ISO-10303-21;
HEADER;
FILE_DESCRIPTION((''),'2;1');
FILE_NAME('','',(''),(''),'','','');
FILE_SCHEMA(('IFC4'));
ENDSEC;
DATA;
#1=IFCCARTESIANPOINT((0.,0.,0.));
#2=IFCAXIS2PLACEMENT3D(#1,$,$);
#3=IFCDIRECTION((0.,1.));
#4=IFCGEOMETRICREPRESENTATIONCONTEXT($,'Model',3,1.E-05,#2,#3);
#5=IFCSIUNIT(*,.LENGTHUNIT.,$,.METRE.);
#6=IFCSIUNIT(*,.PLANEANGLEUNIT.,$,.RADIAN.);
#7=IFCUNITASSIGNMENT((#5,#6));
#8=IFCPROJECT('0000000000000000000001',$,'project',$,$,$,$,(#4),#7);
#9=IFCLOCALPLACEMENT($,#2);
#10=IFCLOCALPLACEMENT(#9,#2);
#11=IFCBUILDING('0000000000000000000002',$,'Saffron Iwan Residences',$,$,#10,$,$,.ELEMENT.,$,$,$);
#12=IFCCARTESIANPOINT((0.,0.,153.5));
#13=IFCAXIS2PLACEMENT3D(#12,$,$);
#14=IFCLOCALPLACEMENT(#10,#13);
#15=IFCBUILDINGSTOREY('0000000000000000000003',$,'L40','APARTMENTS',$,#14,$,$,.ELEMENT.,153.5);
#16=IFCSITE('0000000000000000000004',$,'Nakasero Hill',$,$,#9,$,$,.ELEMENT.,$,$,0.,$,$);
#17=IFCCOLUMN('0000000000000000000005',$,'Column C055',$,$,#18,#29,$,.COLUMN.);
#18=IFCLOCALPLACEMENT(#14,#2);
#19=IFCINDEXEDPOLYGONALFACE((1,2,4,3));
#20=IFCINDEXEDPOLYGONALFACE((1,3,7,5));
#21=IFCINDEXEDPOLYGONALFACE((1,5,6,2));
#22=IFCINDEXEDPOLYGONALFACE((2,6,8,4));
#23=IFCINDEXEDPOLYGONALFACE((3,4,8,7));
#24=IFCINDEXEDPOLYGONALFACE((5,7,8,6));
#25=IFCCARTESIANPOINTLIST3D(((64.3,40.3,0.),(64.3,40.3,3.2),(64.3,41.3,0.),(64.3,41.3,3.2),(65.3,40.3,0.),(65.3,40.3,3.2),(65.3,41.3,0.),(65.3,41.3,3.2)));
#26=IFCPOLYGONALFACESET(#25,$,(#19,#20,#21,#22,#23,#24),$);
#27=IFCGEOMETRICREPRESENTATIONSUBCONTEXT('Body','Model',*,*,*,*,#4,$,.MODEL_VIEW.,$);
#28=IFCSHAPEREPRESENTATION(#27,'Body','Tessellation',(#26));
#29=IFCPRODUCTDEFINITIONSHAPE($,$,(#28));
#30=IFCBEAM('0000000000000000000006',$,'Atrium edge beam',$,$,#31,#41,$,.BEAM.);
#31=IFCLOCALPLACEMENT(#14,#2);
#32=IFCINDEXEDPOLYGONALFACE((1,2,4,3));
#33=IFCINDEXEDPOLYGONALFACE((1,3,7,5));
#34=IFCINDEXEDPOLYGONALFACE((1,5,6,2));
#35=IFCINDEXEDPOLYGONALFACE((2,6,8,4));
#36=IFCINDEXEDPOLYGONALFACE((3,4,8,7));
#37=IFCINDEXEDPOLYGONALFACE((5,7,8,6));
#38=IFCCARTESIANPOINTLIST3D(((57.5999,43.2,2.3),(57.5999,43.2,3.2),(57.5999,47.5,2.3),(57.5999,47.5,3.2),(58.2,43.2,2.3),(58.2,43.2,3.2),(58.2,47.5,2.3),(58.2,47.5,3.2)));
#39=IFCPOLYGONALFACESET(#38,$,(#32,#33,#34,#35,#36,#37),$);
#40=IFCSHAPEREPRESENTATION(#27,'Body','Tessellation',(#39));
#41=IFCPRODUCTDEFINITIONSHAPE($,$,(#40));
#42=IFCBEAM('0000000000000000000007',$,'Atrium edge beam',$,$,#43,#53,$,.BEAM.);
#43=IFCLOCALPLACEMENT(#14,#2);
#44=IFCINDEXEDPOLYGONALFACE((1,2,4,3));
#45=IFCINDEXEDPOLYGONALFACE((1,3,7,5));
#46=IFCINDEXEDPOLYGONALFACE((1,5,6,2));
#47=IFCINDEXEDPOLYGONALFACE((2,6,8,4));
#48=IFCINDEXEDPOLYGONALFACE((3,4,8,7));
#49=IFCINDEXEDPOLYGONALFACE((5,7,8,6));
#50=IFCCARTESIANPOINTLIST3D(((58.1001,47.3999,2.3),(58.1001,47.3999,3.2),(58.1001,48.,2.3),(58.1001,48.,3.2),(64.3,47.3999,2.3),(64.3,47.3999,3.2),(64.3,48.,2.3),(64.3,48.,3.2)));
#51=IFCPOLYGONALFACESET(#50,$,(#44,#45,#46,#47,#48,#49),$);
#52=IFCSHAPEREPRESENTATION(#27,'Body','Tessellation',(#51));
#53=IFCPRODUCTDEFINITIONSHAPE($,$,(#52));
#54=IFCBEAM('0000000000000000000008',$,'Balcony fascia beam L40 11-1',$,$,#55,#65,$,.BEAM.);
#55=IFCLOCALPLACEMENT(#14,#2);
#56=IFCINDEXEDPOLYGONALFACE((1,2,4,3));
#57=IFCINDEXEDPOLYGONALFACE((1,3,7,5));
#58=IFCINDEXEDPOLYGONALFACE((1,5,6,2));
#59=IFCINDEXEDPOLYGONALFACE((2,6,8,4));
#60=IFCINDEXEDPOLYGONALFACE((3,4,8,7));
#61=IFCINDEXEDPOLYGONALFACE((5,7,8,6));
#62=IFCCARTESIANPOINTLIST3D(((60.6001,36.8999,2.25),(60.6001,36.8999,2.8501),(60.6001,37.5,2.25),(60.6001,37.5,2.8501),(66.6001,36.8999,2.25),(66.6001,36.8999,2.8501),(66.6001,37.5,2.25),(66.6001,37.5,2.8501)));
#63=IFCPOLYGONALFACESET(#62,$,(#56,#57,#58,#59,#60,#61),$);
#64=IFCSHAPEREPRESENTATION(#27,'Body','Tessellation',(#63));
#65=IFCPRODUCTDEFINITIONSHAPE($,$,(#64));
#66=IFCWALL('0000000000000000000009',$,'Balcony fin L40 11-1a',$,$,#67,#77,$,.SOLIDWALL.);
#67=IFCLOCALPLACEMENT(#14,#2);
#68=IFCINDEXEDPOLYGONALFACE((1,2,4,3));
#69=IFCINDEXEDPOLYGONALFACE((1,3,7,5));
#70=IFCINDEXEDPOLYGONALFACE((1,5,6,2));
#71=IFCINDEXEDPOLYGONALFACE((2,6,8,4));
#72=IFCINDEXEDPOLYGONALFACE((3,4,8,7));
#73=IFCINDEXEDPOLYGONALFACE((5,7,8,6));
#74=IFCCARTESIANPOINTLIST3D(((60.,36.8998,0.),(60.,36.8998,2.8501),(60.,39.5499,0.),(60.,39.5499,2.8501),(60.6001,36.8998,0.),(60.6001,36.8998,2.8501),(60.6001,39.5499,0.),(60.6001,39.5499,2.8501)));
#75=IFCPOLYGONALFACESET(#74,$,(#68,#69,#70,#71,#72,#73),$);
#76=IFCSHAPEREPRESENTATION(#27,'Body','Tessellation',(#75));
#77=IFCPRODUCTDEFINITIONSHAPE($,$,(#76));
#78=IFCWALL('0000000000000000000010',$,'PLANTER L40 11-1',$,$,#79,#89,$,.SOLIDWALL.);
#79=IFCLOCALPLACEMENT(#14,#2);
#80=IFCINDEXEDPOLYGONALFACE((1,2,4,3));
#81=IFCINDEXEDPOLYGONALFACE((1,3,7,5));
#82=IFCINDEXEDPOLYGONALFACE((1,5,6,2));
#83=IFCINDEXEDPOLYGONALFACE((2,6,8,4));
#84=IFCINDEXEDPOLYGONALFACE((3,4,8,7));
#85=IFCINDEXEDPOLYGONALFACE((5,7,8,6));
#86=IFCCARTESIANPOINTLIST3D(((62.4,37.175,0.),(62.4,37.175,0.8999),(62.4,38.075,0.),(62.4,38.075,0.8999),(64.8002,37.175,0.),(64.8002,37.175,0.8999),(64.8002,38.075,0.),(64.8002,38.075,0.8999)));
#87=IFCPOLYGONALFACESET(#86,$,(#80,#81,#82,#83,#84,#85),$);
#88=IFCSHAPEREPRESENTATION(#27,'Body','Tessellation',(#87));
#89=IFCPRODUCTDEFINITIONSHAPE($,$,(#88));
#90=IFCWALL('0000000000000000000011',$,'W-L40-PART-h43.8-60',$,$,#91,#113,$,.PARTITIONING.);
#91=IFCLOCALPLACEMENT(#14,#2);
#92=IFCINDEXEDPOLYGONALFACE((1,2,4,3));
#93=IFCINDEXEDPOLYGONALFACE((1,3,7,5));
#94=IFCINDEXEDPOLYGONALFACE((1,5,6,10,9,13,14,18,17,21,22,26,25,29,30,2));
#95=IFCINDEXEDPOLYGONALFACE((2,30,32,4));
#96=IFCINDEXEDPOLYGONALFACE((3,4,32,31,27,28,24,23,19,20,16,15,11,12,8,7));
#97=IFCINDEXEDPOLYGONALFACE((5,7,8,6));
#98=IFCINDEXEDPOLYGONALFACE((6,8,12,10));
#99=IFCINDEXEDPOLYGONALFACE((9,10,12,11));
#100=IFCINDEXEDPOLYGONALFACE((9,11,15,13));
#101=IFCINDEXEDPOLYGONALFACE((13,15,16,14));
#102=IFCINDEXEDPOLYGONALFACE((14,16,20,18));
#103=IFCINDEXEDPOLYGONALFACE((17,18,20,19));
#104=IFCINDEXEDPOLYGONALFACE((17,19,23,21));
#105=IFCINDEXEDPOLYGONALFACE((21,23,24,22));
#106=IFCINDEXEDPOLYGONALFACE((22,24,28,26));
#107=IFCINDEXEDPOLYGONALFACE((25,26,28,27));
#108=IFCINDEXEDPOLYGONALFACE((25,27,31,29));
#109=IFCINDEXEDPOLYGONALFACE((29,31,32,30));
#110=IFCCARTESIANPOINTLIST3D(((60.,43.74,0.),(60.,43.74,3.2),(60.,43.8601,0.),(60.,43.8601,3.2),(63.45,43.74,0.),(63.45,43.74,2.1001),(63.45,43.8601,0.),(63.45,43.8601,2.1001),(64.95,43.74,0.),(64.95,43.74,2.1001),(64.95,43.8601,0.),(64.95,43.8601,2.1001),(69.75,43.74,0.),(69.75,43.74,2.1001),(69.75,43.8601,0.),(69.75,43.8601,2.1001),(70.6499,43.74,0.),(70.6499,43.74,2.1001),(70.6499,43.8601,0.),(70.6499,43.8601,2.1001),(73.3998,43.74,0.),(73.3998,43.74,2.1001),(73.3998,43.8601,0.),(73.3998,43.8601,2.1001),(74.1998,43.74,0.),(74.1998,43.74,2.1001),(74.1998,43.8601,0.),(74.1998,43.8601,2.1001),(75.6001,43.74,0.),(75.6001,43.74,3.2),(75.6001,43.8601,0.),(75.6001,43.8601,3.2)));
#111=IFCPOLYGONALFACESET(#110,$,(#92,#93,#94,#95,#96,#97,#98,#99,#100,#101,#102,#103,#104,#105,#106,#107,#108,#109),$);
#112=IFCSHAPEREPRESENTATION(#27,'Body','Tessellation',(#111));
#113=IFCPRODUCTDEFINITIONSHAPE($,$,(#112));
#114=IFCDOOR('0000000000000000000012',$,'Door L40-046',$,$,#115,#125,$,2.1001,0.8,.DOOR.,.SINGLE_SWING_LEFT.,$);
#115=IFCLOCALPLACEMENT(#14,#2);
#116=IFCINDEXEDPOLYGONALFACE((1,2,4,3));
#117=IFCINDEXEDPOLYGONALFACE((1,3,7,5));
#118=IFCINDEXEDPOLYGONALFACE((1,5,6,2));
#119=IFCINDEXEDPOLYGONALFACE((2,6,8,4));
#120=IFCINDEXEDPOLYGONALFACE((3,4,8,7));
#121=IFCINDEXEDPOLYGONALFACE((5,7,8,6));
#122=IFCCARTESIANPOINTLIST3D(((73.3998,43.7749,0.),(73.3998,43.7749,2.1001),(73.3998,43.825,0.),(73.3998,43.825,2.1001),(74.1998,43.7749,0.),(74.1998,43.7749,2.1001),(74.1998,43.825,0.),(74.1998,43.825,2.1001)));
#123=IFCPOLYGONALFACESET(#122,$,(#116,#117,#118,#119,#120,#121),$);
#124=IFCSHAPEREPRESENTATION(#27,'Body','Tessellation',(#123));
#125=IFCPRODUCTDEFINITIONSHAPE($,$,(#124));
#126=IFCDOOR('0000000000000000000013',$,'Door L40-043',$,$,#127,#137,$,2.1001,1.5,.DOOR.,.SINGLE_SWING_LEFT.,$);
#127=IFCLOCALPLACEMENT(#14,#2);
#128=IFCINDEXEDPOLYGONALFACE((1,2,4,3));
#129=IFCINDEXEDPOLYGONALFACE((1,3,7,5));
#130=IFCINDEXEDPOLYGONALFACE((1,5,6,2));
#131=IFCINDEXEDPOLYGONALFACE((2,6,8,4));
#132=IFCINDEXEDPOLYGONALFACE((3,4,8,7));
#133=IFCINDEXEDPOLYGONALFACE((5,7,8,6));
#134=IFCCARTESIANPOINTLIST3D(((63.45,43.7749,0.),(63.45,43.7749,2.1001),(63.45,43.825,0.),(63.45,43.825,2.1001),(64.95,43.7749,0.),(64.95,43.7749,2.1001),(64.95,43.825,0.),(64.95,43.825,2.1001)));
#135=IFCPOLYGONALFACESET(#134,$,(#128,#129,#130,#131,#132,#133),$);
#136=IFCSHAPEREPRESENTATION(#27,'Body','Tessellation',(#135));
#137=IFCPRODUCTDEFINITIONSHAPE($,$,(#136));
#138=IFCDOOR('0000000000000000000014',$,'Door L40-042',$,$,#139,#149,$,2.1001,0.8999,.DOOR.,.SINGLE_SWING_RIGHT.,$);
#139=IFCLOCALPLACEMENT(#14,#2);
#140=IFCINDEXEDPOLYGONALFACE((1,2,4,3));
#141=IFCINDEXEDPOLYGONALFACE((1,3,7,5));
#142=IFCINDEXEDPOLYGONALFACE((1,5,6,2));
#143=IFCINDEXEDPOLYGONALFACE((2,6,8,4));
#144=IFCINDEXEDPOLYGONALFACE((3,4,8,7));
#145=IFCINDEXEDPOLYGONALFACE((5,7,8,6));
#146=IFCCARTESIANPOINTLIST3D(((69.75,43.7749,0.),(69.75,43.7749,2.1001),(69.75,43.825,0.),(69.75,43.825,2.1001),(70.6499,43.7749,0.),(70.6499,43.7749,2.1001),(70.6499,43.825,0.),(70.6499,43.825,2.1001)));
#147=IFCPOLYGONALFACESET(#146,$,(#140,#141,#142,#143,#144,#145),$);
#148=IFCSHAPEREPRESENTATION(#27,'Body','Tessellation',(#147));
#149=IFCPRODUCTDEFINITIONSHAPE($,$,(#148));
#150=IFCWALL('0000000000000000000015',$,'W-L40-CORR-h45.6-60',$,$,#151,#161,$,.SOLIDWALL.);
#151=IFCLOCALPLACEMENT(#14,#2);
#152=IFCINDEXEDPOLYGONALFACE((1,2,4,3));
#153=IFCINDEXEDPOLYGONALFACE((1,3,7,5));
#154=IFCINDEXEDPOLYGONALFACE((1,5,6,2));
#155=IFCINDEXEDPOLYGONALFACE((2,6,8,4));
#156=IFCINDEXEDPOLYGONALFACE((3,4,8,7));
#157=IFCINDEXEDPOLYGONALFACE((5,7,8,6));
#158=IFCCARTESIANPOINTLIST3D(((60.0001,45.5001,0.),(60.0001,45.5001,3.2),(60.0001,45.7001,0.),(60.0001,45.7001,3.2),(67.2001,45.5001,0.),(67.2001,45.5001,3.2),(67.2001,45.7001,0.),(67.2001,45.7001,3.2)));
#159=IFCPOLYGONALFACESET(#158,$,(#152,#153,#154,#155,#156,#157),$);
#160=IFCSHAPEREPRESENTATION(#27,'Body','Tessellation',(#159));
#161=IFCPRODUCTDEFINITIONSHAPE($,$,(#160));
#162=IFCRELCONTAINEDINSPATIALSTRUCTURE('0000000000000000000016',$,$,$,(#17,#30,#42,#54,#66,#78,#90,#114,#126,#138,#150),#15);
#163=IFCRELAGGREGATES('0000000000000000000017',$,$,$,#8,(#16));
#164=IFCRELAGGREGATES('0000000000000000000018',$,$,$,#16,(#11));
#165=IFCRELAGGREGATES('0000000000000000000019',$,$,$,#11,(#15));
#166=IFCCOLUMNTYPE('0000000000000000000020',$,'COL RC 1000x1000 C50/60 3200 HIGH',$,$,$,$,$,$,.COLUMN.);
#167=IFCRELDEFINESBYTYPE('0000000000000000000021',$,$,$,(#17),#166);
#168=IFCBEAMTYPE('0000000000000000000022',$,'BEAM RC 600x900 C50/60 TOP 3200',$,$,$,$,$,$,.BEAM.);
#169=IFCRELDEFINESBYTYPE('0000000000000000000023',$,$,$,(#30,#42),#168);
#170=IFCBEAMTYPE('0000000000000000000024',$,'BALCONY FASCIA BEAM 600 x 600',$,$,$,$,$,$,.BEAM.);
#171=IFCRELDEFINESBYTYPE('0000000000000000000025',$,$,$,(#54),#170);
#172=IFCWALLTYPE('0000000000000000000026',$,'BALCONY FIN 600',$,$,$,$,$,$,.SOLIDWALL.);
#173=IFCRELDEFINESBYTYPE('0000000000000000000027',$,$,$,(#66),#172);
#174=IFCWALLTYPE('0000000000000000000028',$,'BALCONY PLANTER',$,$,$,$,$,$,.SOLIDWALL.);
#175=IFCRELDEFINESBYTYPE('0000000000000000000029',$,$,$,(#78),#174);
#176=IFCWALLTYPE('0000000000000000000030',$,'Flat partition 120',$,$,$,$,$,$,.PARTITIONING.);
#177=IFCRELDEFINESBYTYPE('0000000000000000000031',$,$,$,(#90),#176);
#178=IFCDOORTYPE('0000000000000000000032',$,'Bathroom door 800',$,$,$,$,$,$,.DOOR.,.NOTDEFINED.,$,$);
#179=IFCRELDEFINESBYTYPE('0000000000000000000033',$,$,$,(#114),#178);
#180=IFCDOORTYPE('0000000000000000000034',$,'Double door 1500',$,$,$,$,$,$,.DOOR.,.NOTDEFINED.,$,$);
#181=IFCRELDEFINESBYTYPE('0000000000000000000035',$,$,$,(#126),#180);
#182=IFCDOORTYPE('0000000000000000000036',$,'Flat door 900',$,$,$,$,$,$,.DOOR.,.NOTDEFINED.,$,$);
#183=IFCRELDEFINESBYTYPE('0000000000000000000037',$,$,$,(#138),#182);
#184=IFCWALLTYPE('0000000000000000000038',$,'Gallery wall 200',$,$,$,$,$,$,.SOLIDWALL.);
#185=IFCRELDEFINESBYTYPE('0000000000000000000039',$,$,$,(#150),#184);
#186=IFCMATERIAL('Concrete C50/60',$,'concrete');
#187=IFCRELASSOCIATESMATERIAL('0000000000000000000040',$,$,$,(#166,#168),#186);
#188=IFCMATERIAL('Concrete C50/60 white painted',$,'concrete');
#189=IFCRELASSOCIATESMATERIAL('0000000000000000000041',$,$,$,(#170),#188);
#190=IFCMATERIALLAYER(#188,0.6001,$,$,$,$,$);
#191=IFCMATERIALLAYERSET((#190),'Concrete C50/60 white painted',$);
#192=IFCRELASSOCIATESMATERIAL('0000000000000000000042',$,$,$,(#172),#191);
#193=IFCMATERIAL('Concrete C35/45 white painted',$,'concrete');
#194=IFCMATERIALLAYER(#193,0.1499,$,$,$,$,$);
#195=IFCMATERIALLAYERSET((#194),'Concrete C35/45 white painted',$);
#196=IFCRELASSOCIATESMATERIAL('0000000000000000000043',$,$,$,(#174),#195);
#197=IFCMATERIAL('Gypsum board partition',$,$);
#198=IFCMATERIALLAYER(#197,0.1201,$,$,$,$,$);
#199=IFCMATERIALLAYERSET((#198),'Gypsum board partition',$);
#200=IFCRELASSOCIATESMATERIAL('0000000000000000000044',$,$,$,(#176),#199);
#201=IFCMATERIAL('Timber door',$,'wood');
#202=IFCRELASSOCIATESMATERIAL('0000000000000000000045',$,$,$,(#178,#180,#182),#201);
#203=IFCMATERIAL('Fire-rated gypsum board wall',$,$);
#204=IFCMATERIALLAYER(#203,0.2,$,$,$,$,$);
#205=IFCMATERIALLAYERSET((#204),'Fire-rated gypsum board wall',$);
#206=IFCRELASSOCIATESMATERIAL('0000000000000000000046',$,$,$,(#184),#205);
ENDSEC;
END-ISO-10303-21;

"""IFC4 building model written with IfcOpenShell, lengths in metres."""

from ifc_helpers import new_model, si_unit, direction, frame, frame_2d, origin, origin_2d, place, context, subcontext, project, spatial, rectangle, extrude, source, transform, mapped, material, layer, layer_set, material_profile, profile_set, type_object, element, fill, save


model = new_model("IFC4")

# Units and contexts
model_context = context("Model", 3, precision=1e-05, world=origin(), true_north=direction((0.0, 1.0)))
body_context = subcontext(model_context, "Body", "Model", "MODEL_VIEW")
ifc_project = project(units=[si_unit("LENGTHUNIT", "METRE"), si_unit("PLANEANGLEUNIT", "RADIAN")], contexts=[model_context])

# Site, building, storey
site_placement = place(None, origin())
site = spatial("IfcSite", under=ifc_project, at=site_placement, Name="Nakasero Hill", CompositionType="ELEMENT", RefElevation=0.0)
building_placement = place(site_placement, origin())
building = spatial("IfcBuilding", under=site, at=building_placement, Name="Saffron Iwan Residences", CompositionType="ELEMENT")
storey_placement = place(building_placement, frame((0.0, 0.0, 153.5)))
storey = spatial("IfcBuildingStorey", under=building, at=storey_placement, Name="L40", Description="APARTMENTS", CompositionType="ELEMENT", Elevation=153.5)

# Column
ifc_material_1 = material(Name="Concrete C50/60", Category="concrete")
ifc_material_profile_1 = material_profile(ifc_material_1, rectangle(XDim=1.0, YDim=1.0, at=origin_2d()), Name="RC 1000x1000")
ifc_profile_set_1 = profile_set([ifc_material_profile_1], Name="Concrete C50/60")
column_type = type_object("IfcColumnType", Name="COL RC 1000x1000 C50/60 3200 HIGH", PredefinedType="COLUMN", material=ifc_profile_set_1)
shared_shape_1 = source(origin(), body_context, "Body", "SweptSolid", [
    extrude(rectangle(XDim=1.0, YDim=1.0, at=origin_2d()), origin(), (0.0, 0.0, 1.0), 3.2),
])
column_placement = place(storey_placement, frame((64.8, 40.8, 0.0), z_axis=(0.0, 0.0, 1.0), x_axis=(1.0, 0.0, 0.0)))
element("IfcColumn", 1, at=column_placement, inside=storey, type_object=column_type, Name="Column C055", PredefinedType="COLUMN", context=body_context, shape_type="MappedRepresentation", body=[
    mapped(shared_shape_1, transform((0.0, 0.0, 0.0))),
])

# Beams
ifc_material_profile_2 = material_profile(ifc_material_1, rectangle(XDim=0.6001, YDim=0.8999, at=origin_2d()), Name="RC 600x900")
ifc_profile_set_2 = profile_set([ifc_material_profile_2], Name="Concrete C50/60")
beam_type_1 = type_object("IfcBeamType", Name="BEAM RC 600x900 C50/60 TOP 3200", PredefinedType="BEAM", material=ifc_profile_set_2)
shared_shape_2 = source(origin(), body_context, "Body", "SweptSolid", [
    extrude(rectangle(XDim=0.6001, YDim=0.8999, at=origin_2d()), origin(), (0.0, 0.0, 1.0), 4.3),
])
beam_1_placement = place(storey_placement, frame((57.8999, 47.5, 2.75), z_axis=(0.0, -1.0, 0.0), x_axis=(1.0, 0.0, 0.0)))
element("IfcBeam", 2, at=beam_1_placement, inside=storey, type_object=beam_type_1, Name="Atrium edge beam", PredefinedType="BEAM", context=body_context, shape_type="MappedRepresentation", body=[
    mapped(shared_shape_2, transform((0.0, 0.0, 0.0))),
])
shared_shape_3 = source(origin(), body_context, "Body", "SweptSolid", [
    extrude(rectangle(XDim=0.6001, YDim=0.8999, at=origin_2d()), origin(), (0.0, 0.0, 1.0), 6.2),
])
beam_2_placement = place(storey_placement, frame((64.3, 47.7, 2.75), z_axis=(-1.0, 0.0, 0.0), x_axis=(0.0, -1.0, 0.0)))
element("IfcBeam", 3, at=beam_2_placement, inside=storey, type_object=beam_type_1, Name="Atrium edge beam", PredefinedType="BEAM", context=body_context, shape_type="MappedRepresentation", body=[
    mapped(shared_shape_3, transform((0.0, 0.0, 0.0))),
])
ifc_material_2 = material(Name="Concrete C50/60 white painted", Category="concrete")
ifc_material_profile_3 = material_profile(ifc_material_2, rectangle(XDim=0.6001, YDim=0.6001, at=origin_2d()), Name="BALCONY FASCIA BEAM 600 x 600")
ifc_profile_set_3 = profile_set([ifc_material_profile_3], Name="Concrete C50/60 white painted")
beam_type_2 = type_object("IfcBeamType", Name="BALCONY FASCIA BEAM 600 x 600", PredefinedType="BEAM", material=ifc_profile_set_3)
shared_shape_4 = source(origin(), body_context, "Body", "SweptSolid", [
    extrude(rectangle(XDim=0.6001, YDim=0.6001, at=origin_2d()), origin(), (0.0, 0.0, 1.0), 6.0),
])
beam_3_placement = place(storey_placement, frame((60.6001, 37.2, 2.55), z_axis=(1.0, 0.0, 0.0), x_axis=(0.0, 1.0, 0.0)))
element("IfcBeam", 4, at=beam_3_placement, inside=storey, type_object=beam_type_2, Name="Balcony fascia beam L40 11-1", PredefinedType="BEAM", context=body_context, shape_type="MappedRepresentation", body=[
    mapped(shared_shape_4, transform((0.0, 0.0, 0.0))),
])

# Walls
ifc_layer_1 = layer(ifc_material_2, 0.6001)
ifc_layer_set_1 = layer_set([ifc_layer_1], Name="Concrete C50/60 white painted")
wall_type_1 = type_object("IfcWallType", Name="BALCONY FIN 600", PredefinedType="SOLIDWALL", material=ifc_layer_set_1)
wall_1_placement = place(storey_placement, frame((60.3, 39.55, 0.0), z_axis=(0.0, 0.0, 1.0), x_axis=(0.0, -1.0, 0.0)))
element("IfcWall", 5, at=wall_1_placement, inside=storey, type_object=wall_type_1, Name="Balcony fin L40 11-1a", PredefinedType="SOLIDWALL", context=body_context, shape_type="SweptSolid", body=[
    extrude(rectangle(XDim=2.6501, YDim=0.6001, at=frame_2d((1.3252, 0.0))), origin(), (0.0, 0.0, 1.0), 2.8501),
])
ifc_material_3 = material(Name="Concrete C35/45 white painted", Category="concrete")
ifc_layer_2 = layer(ifc_material_3, 0.1499)
ifc_layer_set_2 = layer_set([ifc_layer_2], Name="Concrete C35/45 white painted")
wall_type_2 = type_object("IfcWallType", Name="BALCONY PLANTER", PredefinedType="SOLIDWALL", material=ifc_layer_set_2)
wall_2_placement = place(storey_placement, frame((62.3999, 37.625, 0.0), z_axis=(0.0, 0.0, 1.0), x_axis=(1.0, 0.0, 0.0)))
element("IfcWall", 6, at=wall_2_placement, inside=storey, type_object=wall_type_2, Name="PLANTER L40 11-1", PredefinedType="SOLIDWALL", context=body_context, shape_type="SweptSolid", body=[
    extrude(rectangle(XDim=2.4001, YDim=0.8999, at=frame_2d((1.2002, 0.0))), origin(), (0.0, 0.0, 1.0), 0.8999),
])

# Wall, openings, doors
ifc_material_4 = material(Name="Gypsum board partition")
ifc_layer_3 = layer(ifc_material_4, 0.1201)
ifc_layer_set_3 = layer_set([ifc_layer_3], Name="Gypsum board partition")
wall_type_3 = type_object("IfcWallType", Name="Flat partition 120", PredefinedType="PARTITIONING", material=ifc_layer_set_3)
wall_3_placement = place(storey_placement, frame((60.0, 43.8, 0.0), z_axis=(0.0, 0.0, 1.0), x_axis=(1.0, 0.0, 0.0)))
wall_3 = element("IfcWall", 7, at=wall_3_placement, inside=storey, type_object=wall_type_3, Name="W-L40-PART-h43.8-60", PredefinedType="PARTITIONING", context=body_context, shape_type="SweptSolid", body=[
    extrude(rectangle(XDim=15.6001, YDim=0.1201, at=frame_2d((7.8, 0.0))), origin(), (0.0, 0.0, 1.0), 3.2),
])
opening_1_placement = place(wall_3_placement, frame((9.75, 0.0, 0.0)))
opening_1 = element("IfcOpeningElement", 8, at=opening_1_placement, cuts=wall_3, PredefinedType="OPENING", context=body_context, shape_type="SweptSolid", body=[
    extrude(rectangle(XDim=0.8999, YDim=2.1001, at=frame_2d((0.45, 1.05))), frame((0.0, 0.0701, 0.0), z_axis=(0.0, -1.0, 0.0), x_axis=(1.0, 0.0, 0.0)), (0.0, 0.0, 1.0), 0.1401),
])
opening_2_placement = place(wall_3_placement, frame((3.45, 0.0, 0.0)))
opening_2 = element("IfcOpeningElement", 9, at=opening_2_placement, cuts=wall_3, PredefinedType="OPENING", context=body_context, shape_type="SweptSolid", body=[
    extrude(rectangle(XDim=1.5, YDim=2.1001, at=frame_2d((0.75, 1.05))), frame((0.0, 0.0701, 0.0), z_axis=(0.0, -1.0, 0.0), x_axis=(1.0, 0.0, 0.0)), (0.0, 0.0, 1.0), 0.1401),
])
opening_3_placement = place(wall_3_placement, frame((13.3999, 0.0, 0.0)))
opening_3 = element("IfcOpeningElement", 10, at=opening_3_placement, cuts=wall_3, PredefinedType="OPENING", context=body_context, shape_type="SweptSolid", body=[
    extrude(rectangle(XDim=0.8, YDim=2.1001, at=frame_2d((0.3999, 1.05))), frame((0.0, 0.0701, 0.0), z_axis=(0.0, -1.0, 0.0), x_axis=(1.0, 0.0, 0.0)), (0.0, 0.0, 1.0), 0.1401),
])
ifc_material_5 = material(Name="Timber door", Category="wood")
door_type_1 = type_object("IfcDoorType", Name="Bathroom door 800", OperationType="NOTDEFINED", PredefinedType="DOOR", material=ifc_material_5)
door_1_placement = place(opening_3_placement, origin())
door_1 = element("IfcDoor", 11, at=door_1_placement, inside=storey, type_object=door_type_1, Name="Door L40-046", OperationType="SINGLE_SWING_LEFT", OverallHeight=2.1001, OverallWidth=0.8, PredefinedType="DOOR", context=body_context, shape_type="SweptSolid", body=[
    extrude(rectangle(XDim=0.8, YDim=2.1001, at=frame_2d((0.3999, 1.05))), frame((0.0, 0.0249, 0.0), z_axis=(0.0, -1.0, 0.0), x_axis=(1.0, 0.0, 0.0)), (0.0, 0.0, 1.0), 0.05),
])
fill(opening_3, door_1)
door_type_2 = type_object("IfcDoorType", Name="Double door 1500", OperationType="NOTDEFINED", PredefinedType="DOOR", material=ifc_material_5)
door_2_placement = place(opening_2_placement, origin())
door_2 = element("IfcDoor", 12, at=door_2_placement, inside=storey, type_object=door_type_2, Name="Door L40-043", OperationType="SINGLE_SWING_LEFT", OverallHeight=2.1001, OverallWidth=1.5, PredefinedType="DOOR", context=body_context, shape_type="SweptSolid", body=[
    extrude(rectangle(XDim=1.5, YDim=2.1001, at=frame_2d((0.75, 1.05))), frame((0.0, 0.0249, 0.0), z_axis=(0.0, -1.0, 0.0), x_axis=(1.0, 0.0, 0.0)), (0.0, 0.0, 1.0), 0.05),
])
fill(opening_2, door_2)
door_type_3 = type_object("IfcDoorType", Name="Flat door 900", OperationType="NOTDEFINED", PredefinedType="DOOR", material=ifc_material_5)
door_3_placement = place(opening_1_placement, origin())
door_3 = element("IfcDoor", 13, at=door_3_placement, inside=storey, type_object=door_type_3, Name="Door L40-042", OperationType="SINGLE_SWING_RIGHT", OverallHeight=2.1001, OverallWidth=0.8999, PredefinedType="DOOR", context=body_context, shape_type="SweptSolid", body=[
    extrude(rectangle(XDim=0.8999, YDim=2.1001, at=frame_2d((0.45, 1.05))), frame((0.0, 0.0249, 0.0), z_axis=(0.0, -1.0, 0.0), x_axis=(1.0, 0.0, 0.0)), (0.0, 0.0, 1.0), 0.05),
])
fill(opening_1, door_3)

# Wall
ifc_material_6 = material(Name="Fire-rated gypsum board wall")
ifc_layer_4 = layer(ifc_material_6, 0.2)
ifc_layer_set_4 = layer_set([ifc_layer_4], Name="Fire-rated gypsum board wall")
wall_type_4 = type_object("IfcWallType", Name="Gallery wall 200", PredefinedType="SOLIDWALL", material=ifc_layer_set_4)
wall_4_placement = place(storey_placement, frame((60.0, 45.6001, 0.0), z_axis=(0.0, 0.0, 1.0), x_axis=(1.0, 0.0, 0.0)))
element("IfcWall", 14, at=wall_4_placement, inside=storey, type_object=wall_type_4, Name="W-L40-CORR-h45.6-60", PredefinedType="SOLIDWALL", context=body_context, shape_type="SweptSolid", body=[
    extrude(rectangle(XDim=7.2, YDim=0.2, at=frame_2d((3.6001, 0.0))), origin(), (0.0, 0.0, 1.0), 3.2),
])

save(model, "model.ifc")
